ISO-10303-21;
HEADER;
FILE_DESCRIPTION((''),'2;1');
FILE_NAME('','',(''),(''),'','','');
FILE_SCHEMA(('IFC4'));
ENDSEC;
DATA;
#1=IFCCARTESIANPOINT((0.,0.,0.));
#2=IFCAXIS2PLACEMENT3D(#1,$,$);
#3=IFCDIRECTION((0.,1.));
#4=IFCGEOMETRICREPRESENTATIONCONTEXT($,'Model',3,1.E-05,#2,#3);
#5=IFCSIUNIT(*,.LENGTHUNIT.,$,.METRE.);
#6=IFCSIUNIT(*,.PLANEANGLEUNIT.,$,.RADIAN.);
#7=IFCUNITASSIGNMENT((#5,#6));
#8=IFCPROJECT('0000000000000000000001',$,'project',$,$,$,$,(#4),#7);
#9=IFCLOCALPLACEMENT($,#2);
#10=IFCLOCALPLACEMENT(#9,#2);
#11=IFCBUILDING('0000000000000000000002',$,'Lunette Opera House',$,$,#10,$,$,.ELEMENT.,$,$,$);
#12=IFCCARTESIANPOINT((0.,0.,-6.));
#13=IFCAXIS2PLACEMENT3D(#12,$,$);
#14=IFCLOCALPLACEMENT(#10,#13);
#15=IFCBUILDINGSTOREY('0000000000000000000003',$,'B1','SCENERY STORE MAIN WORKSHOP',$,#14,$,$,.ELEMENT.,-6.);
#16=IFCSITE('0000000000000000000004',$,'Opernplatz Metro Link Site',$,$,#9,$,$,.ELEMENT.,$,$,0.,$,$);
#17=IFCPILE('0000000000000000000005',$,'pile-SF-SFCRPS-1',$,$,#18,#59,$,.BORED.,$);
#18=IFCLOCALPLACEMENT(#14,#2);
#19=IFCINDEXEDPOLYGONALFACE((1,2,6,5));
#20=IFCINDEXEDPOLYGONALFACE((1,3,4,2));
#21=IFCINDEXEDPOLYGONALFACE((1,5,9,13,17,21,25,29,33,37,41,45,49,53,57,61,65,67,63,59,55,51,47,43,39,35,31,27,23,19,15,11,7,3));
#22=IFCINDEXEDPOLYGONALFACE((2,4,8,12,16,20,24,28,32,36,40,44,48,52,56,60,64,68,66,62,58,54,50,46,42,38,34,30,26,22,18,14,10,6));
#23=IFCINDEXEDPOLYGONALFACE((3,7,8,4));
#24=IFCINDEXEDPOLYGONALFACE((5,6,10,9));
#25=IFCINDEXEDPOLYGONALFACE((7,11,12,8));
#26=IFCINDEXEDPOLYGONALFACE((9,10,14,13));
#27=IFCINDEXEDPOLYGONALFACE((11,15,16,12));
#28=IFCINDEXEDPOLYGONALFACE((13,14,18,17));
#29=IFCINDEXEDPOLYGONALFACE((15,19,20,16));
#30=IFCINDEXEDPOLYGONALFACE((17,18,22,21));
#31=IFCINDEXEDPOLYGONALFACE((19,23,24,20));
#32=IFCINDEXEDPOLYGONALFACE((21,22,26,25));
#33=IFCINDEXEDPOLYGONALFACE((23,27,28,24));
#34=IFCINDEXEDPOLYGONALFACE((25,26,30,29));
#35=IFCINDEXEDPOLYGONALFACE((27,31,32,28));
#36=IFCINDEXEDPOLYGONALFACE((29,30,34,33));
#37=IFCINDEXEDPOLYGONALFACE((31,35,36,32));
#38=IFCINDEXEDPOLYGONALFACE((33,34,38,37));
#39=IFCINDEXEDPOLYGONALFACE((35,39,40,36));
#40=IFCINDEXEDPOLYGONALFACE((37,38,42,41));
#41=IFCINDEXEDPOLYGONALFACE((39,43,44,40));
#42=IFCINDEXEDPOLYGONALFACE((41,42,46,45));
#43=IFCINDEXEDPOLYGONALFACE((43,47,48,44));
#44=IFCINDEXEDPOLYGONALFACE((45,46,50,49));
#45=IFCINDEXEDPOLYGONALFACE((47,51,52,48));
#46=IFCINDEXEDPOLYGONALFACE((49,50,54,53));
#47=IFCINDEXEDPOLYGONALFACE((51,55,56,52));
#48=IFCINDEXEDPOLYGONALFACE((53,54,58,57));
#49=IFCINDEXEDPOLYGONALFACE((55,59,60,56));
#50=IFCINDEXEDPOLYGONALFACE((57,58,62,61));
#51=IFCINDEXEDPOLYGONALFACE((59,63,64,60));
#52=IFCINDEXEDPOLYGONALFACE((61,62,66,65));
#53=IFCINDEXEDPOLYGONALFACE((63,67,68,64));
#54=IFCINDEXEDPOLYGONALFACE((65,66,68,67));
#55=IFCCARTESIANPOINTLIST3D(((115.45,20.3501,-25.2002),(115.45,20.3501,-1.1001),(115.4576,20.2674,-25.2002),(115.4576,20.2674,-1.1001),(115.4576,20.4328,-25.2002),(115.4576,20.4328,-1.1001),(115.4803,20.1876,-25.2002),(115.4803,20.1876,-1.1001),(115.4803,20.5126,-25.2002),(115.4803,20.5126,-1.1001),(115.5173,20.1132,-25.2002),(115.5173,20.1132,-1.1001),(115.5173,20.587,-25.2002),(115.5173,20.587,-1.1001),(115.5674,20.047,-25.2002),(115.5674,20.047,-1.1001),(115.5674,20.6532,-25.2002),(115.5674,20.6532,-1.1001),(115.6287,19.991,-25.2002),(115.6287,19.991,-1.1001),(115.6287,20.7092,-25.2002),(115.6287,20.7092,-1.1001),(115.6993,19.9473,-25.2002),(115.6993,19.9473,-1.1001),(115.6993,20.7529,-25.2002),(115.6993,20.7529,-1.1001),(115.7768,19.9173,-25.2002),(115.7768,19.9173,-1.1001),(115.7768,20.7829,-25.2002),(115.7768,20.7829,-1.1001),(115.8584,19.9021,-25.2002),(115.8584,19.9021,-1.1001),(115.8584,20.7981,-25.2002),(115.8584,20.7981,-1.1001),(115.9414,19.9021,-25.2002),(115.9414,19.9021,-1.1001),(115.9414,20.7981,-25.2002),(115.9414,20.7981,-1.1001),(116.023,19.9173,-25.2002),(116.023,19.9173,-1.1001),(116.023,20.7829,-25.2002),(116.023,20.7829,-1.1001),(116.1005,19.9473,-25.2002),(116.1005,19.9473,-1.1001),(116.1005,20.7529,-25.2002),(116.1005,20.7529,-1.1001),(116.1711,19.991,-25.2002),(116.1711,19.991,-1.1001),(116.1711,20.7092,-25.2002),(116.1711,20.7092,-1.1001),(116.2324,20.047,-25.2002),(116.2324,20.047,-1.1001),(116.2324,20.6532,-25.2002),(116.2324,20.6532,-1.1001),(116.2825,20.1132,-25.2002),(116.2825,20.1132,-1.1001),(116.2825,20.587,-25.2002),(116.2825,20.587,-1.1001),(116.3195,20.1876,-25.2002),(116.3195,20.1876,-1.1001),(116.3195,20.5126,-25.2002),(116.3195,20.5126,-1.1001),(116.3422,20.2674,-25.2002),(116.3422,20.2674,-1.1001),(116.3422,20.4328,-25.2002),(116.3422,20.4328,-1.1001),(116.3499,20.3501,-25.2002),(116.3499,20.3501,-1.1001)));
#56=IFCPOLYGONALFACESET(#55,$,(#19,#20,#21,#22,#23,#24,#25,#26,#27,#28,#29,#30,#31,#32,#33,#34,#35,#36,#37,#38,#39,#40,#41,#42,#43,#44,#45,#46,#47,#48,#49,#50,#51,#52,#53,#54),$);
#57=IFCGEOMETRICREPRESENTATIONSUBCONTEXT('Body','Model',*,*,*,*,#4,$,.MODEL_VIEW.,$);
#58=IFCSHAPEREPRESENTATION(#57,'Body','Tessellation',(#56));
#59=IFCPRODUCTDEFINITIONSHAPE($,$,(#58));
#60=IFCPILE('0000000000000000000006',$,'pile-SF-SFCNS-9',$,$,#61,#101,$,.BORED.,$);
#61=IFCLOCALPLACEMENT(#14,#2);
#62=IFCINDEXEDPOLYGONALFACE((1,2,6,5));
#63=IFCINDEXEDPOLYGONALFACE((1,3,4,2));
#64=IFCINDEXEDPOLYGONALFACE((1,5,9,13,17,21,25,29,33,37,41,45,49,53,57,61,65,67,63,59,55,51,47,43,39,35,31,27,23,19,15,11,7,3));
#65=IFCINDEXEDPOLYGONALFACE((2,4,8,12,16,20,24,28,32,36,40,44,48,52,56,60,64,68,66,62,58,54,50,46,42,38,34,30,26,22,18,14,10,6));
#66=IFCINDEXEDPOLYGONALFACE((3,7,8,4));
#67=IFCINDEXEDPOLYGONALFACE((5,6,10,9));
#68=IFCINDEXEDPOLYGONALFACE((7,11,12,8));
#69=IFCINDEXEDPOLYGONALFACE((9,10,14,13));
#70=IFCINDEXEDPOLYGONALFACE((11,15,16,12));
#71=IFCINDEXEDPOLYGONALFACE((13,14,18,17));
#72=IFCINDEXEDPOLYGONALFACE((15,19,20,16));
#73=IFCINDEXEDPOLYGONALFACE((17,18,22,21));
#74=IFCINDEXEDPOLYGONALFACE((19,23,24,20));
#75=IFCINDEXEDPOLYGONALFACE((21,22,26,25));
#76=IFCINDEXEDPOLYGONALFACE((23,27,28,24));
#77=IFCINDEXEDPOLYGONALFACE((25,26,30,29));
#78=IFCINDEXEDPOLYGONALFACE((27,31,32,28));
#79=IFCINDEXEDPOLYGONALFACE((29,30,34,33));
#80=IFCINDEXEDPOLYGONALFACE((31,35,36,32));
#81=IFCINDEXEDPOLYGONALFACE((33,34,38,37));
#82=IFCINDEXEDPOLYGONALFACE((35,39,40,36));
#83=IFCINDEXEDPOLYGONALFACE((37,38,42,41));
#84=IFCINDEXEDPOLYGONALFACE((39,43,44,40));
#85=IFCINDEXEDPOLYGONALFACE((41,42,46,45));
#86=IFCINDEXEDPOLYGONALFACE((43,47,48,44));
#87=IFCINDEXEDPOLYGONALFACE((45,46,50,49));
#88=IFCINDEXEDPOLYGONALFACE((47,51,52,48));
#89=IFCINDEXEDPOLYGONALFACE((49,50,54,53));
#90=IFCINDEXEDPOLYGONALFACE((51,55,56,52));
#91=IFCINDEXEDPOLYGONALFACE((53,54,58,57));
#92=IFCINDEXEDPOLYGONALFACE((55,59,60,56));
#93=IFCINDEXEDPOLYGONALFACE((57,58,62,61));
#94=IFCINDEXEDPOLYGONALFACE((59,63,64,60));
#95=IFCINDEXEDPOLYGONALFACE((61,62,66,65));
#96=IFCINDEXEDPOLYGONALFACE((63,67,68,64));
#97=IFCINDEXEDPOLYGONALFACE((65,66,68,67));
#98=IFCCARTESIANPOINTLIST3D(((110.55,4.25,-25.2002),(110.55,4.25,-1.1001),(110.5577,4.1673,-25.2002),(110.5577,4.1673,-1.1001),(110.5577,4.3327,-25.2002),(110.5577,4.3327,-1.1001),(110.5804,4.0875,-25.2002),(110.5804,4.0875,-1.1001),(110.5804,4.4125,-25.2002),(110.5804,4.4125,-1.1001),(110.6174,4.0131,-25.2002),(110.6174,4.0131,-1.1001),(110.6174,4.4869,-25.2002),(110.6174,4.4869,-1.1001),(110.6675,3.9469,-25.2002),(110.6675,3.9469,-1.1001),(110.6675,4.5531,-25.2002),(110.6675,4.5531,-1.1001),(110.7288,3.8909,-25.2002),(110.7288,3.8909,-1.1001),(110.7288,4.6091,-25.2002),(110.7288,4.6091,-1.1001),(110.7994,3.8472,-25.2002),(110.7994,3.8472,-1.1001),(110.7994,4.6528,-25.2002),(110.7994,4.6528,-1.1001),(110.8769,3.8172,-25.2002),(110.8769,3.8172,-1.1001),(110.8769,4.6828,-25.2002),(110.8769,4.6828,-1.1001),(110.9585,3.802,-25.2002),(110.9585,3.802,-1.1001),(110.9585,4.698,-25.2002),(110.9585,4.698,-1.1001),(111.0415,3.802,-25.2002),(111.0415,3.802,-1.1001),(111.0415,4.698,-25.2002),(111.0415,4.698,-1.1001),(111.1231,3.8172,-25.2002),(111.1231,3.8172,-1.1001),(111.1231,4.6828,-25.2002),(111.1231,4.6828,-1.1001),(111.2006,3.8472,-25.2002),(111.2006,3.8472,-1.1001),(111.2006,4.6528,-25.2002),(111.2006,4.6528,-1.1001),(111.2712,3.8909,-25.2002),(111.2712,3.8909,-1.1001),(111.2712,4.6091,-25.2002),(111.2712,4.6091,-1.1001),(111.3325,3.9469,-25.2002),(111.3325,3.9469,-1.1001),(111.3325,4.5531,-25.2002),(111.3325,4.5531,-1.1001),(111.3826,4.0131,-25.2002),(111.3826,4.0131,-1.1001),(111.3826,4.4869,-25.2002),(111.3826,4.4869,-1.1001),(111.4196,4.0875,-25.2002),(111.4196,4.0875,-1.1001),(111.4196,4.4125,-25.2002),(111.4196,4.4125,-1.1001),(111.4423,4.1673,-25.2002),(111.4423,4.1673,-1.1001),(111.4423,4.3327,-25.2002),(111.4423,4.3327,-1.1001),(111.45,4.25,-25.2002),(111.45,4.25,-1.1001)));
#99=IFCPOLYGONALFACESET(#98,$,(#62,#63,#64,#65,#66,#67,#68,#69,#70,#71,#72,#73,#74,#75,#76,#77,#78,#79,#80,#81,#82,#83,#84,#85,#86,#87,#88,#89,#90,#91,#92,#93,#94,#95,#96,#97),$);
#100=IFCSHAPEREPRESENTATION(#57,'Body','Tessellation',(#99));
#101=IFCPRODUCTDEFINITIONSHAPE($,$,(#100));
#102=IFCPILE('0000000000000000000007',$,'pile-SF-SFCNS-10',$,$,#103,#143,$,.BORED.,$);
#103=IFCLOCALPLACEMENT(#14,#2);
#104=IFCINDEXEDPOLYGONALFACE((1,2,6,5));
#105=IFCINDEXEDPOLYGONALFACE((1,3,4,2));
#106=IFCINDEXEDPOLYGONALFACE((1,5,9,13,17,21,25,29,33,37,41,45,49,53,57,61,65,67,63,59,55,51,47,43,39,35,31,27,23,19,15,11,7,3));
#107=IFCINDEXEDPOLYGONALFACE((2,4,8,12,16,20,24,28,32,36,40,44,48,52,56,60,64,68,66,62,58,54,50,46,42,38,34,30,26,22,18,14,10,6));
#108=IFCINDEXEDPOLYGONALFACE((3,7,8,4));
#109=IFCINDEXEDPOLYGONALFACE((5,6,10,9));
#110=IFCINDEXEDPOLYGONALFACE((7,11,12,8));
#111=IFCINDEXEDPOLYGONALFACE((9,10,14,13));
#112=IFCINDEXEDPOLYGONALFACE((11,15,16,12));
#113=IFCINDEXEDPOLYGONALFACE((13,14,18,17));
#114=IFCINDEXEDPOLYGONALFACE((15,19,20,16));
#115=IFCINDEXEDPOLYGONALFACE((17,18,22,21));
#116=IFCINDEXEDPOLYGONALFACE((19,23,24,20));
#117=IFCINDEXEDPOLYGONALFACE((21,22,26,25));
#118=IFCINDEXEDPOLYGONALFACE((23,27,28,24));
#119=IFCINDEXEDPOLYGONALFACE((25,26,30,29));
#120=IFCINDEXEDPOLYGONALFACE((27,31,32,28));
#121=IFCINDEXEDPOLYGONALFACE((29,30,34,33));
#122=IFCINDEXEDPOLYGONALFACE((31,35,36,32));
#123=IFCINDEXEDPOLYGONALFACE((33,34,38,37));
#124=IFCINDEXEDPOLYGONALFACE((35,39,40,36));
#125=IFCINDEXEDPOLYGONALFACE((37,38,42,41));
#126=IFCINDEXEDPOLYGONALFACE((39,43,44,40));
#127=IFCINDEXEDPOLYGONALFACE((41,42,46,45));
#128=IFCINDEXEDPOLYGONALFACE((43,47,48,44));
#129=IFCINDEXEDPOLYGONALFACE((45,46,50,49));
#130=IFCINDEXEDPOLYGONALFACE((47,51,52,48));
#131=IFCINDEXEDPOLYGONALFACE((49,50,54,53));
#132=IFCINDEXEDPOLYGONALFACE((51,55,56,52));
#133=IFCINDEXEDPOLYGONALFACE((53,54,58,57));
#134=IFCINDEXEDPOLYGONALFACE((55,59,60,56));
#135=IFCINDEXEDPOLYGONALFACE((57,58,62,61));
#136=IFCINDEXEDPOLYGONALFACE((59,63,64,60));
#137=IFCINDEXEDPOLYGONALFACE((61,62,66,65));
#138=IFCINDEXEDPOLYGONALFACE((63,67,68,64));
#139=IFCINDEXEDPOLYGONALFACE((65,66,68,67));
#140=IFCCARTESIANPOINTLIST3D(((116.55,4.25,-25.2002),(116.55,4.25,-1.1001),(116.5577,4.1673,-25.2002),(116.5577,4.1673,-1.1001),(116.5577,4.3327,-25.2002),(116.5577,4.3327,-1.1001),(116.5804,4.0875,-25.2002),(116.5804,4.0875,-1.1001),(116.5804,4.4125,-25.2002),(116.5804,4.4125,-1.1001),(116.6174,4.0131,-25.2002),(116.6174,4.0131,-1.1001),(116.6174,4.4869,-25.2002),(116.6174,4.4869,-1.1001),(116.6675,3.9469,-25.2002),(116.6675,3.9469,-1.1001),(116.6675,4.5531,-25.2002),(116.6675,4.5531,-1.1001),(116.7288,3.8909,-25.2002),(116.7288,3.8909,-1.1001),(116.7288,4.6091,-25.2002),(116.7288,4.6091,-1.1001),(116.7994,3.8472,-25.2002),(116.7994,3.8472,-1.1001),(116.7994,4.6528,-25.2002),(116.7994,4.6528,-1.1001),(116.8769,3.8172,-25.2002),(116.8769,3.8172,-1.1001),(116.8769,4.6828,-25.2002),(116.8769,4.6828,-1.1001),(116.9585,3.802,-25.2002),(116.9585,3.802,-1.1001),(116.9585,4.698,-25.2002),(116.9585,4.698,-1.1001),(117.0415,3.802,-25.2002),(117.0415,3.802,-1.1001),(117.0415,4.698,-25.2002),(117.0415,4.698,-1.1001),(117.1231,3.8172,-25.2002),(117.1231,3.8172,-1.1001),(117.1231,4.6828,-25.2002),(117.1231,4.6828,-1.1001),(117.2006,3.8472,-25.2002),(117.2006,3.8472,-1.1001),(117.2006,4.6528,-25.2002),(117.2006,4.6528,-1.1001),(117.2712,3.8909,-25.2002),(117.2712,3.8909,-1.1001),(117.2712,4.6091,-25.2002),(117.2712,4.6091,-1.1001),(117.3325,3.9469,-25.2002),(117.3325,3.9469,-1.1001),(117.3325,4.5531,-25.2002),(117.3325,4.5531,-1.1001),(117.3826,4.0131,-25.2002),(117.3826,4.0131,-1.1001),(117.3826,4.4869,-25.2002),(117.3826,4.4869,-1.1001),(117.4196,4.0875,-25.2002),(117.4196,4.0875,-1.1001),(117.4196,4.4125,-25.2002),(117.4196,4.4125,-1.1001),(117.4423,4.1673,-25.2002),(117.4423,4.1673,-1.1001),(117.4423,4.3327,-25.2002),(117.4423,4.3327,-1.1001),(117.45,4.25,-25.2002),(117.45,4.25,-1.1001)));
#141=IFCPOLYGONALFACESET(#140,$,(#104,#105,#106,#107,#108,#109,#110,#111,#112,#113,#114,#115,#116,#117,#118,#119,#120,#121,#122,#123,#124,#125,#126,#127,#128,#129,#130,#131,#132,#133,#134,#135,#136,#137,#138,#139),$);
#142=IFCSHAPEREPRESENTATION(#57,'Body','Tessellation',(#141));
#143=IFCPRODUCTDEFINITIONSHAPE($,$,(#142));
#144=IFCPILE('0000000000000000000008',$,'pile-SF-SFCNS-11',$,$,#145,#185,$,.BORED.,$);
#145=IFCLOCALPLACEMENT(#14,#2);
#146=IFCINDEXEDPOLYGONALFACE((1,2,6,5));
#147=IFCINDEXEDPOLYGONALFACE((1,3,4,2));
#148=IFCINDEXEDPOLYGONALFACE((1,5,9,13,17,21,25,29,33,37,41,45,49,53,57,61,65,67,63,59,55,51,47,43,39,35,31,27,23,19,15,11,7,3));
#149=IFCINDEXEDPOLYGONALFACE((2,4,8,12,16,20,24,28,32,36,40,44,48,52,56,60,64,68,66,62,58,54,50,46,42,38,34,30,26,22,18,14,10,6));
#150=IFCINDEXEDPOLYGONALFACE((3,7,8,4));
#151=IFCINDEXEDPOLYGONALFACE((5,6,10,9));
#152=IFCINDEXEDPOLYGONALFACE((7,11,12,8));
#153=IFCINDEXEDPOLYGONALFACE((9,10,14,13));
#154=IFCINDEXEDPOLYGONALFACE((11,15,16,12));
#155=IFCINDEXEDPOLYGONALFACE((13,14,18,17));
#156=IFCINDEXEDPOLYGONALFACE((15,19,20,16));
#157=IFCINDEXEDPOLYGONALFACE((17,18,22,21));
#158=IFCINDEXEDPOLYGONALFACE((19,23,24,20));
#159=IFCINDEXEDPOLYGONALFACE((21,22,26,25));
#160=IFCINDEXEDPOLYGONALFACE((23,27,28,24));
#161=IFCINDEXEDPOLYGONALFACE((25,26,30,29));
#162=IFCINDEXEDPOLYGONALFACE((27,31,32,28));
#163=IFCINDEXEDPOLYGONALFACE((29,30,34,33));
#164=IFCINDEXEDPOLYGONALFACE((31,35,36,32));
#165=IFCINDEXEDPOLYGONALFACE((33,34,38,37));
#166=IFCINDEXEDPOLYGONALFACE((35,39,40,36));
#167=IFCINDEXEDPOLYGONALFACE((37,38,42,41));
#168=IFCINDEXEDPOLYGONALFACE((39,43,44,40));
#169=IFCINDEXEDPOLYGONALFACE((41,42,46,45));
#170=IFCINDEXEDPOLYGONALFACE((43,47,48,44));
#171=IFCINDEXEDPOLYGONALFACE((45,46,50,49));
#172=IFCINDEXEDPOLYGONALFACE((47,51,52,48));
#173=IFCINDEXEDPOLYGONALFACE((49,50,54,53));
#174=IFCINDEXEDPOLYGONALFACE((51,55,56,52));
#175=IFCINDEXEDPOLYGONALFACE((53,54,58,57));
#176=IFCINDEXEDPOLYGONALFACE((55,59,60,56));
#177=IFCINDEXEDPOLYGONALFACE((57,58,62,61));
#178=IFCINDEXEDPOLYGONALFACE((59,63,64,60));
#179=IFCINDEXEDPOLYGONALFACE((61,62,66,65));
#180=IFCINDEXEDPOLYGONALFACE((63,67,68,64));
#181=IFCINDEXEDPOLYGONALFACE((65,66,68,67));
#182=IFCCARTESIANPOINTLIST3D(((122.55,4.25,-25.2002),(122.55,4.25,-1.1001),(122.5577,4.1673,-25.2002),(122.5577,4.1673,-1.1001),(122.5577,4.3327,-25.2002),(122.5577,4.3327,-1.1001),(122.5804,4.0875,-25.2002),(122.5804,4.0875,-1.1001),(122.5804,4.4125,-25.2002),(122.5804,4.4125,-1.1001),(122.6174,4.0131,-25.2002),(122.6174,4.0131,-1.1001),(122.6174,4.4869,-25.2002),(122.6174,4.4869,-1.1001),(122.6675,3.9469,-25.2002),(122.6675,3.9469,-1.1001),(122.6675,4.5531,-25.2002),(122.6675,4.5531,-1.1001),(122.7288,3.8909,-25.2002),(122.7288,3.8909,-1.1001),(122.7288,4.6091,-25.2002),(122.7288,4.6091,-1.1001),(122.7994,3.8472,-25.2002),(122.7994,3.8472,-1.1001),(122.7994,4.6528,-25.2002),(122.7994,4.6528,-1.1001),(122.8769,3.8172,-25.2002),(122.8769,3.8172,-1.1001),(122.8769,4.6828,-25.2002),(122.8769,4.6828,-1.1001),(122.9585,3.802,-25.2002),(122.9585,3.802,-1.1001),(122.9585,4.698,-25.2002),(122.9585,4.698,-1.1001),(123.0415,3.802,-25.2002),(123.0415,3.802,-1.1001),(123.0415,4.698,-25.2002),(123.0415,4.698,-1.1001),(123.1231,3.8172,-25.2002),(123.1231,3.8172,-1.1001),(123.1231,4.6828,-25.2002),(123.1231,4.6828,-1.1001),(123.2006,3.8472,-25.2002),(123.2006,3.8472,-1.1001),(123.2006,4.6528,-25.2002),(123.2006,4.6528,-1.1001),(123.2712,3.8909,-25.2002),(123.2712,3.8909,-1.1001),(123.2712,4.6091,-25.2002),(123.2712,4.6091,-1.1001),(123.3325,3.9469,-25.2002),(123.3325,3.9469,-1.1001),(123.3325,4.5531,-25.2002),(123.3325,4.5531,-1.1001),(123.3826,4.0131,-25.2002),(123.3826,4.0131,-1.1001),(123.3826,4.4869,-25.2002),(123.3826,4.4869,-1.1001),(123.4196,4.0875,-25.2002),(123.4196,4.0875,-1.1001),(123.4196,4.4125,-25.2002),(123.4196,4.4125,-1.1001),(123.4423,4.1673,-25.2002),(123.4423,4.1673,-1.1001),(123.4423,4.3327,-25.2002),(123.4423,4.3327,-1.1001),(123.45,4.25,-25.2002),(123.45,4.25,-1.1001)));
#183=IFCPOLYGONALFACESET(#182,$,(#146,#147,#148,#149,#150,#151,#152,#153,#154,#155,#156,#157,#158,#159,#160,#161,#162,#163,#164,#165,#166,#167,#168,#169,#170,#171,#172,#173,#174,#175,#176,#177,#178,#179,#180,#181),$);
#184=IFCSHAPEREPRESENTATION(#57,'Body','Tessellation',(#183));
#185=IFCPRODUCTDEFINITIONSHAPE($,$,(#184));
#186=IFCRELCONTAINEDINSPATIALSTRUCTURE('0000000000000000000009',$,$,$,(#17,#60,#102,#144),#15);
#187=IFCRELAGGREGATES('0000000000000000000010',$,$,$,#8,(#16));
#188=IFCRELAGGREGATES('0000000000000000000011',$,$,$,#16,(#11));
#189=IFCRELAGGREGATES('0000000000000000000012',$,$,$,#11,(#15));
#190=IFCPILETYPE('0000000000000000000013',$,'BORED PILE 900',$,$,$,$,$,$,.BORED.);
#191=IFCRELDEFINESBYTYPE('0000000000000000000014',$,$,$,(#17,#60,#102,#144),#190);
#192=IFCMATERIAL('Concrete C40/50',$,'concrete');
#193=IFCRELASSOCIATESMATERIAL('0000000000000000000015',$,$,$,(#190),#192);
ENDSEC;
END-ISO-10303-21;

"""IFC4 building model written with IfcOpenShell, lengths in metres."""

from ifc_helpers import new_model, si_unit, direction, frame, origin, origin_2d, place, context, subcontext, project, spatial, circle, extrude, material, material_profile, profile_set, type_object, element, save


model = new_model("IFC4")

# Units and contexts
model_context = context("Model", 3, precision=1e-05, world=origin(), true_north=direction((0.0, 1.0)))
body_context = subcontext(model_context, "Body", "Model", "MODEL_VIEW")
ifc_project = project(units=[si_unit("LENGTHUNIT", "METRE"), si_unit("PLANEANGLEUNIT", "RADIAN")], contexts=[model_context])

# Site, building, storey
site_placement = place(None, origin())
site = spatial("IfcSite", under=ifc_project, at=site_placement, Name="Opernplatz Metro Link Site", CompositionType="ELEMENT", RefElevation=0.0)
building_placement = place(site_placement, origin())
building = spatial("IfcBuilding", under=site, at=building_placement, Name="Lunette Opera House", CompositionType="ELEMENT")
storey_placement = place(building_placement, frame((0.0, 0.0, -6.0)))
storey = spatial("IfcBuildingStorey", under=building, at=storey_placement, Name="B1", Description="SCENERY STORE MAIN WORKSHOP", CompositionType="ELEMENT", Elevation=-6.0)

# Piles
ifc_material_1 = material(Name="Concrete C40/50", Category="concrete")
ifc_material_profile_1 = material_profile(ifc_material_1, circle(Radius=0.45, at=origin_2d()), Name="BORED PILE 900")
ifc_profile_set_1 = profile_set([ifc_material_profile_1], Name="Concrete C40/50")
pile_type = type_object("IfcPileType", Name="BORED PILE 900", PredefinedType="BORED", material=ifc_profile_set_1)
for number, where, z_axis, x_axis, name in (
    (1, (115.8999, 20.3501, -1.1001), (0.0, 0.0, -1.0), (1.0, 0.0, 0.0), "pile-SF-SFCRPS-1"),
    (2, (111.0, 4.25, -1.1001), (0.0, 0.0, -1.0), (1.0, 0.0, 0.0), "pile-SF-SFCNS-9"),
    (3, (117.0, 4.25, -1.1001), (0.0, 0.0, -1.0), (1.0, 0.0, 0.0), "pile-SF-SFCNS-10"),
    (4, (123.0, 4.25, -1.1001), (0.0, 0.0, -1.0), (1.0, 0.0, 0.0), "pile-SF-SFCNS-11"),
):
    element("IfcPile", number, at=place(storey_placement, frame(where, z_axis=z_axis, x_axis=x_axis)), inside=storey, type_object=pile_type, Name=name, PredefinedType="BORED", context=body_context, shape_type="SweptSolid", body=[
        extrude(circle(Radius=0.45, at=origin_2d()), origin(), (0.0, 0.0, 1.0), 24.1001),
    ])

save(model, "model.ifc")
